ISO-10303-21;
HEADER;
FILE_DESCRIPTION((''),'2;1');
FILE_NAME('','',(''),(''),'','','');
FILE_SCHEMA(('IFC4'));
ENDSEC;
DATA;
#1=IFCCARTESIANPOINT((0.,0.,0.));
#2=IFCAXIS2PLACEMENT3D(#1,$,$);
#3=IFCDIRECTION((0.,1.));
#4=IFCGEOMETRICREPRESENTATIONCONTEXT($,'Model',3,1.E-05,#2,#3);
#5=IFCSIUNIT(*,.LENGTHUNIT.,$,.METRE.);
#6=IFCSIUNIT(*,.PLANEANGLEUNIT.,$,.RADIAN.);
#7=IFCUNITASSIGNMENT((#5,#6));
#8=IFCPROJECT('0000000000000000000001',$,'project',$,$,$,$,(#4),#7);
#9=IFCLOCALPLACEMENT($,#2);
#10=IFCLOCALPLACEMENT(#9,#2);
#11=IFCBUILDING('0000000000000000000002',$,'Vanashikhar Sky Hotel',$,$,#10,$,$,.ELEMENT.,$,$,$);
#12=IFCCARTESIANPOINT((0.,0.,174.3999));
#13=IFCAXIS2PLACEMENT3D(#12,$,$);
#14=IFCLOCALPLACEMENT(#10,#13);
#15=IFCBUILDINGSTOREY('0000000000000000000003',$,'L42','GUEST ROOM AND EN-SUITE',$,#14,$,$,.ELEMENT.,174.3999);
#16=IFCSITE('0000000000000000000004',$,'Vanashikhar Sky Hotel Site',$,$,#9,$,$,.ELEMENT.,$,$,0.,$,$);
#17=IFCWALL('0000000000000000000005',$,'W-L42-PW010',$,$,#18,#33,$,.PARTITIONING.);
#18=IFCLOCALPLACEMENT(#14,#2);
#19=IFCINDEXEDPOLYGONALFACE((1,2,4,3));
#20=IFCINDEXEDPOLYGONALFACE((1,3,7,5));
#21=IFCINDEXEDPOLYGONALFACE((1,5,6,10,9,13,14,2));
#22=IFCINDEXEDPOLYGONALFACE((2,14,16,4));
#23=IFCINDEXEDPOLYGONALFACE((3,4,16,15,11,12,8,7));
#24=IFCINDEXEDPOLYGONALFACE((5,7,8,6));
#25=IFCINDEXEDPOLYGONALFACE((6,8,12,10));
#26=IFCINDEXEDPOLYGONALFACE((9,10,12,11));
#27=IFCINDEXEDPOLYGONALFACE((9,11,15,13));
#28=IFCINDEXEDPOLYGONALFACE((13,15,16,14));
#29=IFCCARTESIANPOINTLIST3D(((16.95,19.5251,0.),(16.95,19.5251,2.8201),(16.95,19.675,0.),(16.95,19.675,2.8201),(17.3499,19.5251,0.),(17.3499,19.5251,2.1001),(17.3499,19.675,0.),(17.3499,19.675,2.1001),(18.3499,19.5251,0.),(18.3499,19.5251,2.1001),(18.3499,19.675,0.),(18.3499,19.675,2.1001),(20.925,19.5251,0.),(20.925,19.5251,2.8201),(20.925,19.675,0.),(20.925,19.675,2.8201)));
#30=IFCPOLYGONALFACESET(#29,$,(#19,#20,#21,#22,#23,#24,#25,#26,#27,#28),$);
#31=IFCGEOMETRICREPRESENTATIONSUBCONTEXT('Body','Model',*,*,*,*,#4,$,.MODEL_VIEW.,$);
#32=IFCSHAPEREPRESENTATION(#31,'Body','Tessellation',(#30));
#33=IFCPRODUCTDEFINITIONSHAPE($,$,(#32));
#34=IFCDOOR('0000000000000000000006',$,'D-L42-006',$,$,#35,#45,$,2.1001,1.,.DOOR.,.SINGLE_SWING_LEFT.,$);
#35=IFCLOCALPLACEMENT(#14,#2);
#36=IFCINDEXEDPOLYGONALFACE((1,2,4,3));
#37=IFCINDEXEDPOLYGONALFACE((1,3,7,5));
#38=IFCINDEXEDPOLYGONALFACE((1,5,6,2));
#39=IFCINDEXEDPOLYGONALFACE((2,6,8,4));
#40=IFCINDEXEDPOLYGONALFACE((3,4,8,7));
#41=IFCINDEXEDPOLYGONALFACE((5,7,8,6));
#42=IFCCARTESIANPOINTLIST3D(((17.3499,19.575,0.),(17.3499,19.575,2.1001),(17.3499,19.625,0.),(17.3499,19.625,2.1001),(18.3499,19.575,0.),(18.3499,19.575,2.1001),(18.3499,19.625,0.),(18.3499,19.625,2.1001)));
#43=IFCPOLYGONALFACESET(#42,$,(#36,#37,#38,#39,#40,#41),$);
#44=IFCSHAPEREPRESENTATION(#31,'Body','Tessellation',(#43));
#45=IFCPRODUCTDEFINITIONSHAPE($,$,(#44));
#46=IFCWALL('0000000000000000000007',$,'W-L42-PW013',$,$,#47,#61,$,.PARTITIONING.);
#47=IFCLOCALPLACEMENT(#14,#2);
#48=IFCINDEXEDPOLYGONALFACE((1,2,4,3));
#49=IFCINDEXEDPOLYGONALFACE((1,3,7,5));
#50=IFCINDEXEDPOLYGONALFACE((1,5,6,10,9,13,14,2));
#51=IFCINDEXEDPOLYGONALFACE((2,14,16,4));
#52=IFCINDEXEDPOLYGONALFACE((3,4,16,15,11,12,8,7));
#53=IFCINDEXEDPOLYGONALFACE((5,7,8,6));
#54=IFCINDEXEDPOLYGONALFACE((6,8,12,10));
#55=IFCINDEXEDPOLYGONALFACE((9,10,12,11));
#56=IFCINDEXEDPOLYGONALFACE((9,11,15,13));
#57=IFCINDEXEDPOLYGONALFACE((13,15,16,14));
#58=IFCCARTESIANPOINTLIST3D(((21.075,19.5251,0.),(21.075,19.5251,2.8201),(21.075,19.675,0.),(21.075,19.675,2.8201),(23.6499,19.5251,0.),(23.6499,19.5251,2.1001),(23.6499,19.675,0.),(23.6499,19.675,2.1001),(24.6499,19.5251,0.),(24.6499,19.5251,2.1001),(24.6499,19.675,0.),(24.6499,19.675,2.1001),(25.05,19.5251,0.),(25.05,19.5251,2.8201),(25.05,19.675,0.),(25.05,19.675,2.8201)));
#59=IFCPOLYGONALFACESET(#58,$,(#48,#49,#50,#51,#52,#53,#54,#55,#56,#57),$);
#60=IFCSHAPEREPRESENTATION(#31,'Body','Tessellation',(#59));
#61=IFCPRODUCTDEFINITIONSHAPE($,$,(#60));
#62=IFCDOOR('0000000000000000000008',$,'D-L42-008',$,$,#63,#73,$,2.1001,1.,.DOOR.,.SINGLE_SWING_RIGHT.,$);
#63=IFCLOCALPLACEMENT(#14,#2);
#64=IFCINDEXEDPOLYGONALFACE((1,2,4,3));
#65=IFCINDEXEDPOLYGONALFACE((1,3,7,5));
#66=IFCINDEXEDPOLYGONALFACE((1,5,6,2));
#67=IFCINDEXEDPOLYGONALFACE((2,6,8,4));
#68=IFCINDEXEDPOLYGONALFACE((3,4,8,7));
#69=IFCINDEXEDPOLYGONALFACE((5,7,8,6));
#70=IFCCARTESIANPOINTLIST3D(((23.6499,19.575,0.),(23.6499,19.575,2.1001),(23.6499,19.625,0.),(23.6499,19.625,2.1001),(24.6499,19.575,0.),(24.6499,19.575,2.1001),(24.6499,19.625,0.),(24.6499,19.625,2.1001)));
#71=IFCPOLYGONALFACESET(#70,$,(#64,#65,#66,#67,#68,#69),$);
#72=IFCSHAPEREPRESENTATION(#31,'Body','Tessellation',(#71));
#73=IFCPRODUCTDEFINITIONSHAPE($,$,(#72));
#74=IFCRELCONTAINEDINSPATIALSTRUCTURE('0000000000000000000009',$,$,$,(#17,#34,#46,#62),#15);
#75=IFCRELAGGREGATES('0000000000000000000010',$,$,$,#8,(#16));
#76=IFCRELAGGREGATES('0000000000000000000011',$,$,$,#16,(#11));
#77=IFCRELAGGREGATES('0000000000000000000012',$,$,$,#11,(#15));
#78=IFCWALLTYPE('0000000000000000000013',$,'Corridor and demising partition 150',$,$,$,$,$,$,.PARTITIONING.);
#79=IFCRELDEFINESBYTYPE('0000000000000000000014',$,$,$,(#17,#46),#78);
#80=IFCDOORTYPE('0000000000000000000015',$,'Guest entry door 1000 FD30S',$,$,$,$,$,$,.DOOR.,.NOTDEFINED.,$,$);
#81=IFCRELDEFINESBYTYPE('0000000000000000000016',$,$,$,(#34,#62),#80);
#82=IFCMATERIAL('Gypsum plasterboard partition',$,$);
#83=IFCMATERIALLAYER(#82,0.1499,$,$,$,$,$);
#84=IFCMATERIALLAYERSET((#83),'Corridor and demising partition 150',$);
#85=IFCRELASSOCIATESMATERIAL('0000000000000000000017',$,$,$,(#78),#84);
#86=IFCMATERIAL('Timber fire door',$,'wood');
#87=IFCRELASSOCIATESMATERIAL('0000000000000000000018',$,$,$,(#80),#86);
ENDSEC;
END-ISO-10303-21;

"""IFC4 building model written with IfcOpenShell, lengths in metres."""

from ifc_helpers import new_model, si_unit, direction, frame, frame_2d, origin, place, context, subcontext, project, spatial, rectangle, extrude, source, transform, mapped, material, layer, layer_set, type_object, element, fill, save


model = new_model("IFC4")

# Units and contexts
model_context = context("Model", 3, precision=1e-05, world=origin(), true_north=direction((0.0, 1.0)))
body_context = subcontext(model_context, "Body", "Model", "MODEL_VIEW")
ifc_project = project(units=[si_unit("LENGTHUNIT", "METRE"), si_unit("PLANEANGLEUNIT", "RADIAN")], contexts=[model_context])

# Site, building, storey
site_placement = place(None, origin())
site = spatial("IfcSite", under=ifc_project, at=site_placement, Name="Vanashikhar Sky Hotel Site", CompositionType="ELEMENT", RefElevation=0.0)
building_placement = place(site_placement, origin())
building = spatial("IfcBuilding", under=site, at=building_placement, Name="Vanashikhar Sky Hotel", CompositionType="ELEMENT")
storey_placement = place(building_placement, frame((0.0, 0.0, 174.3999)))
storey = spatial("IfcBuildingStorey", under=building, at=storey_placement, Name="L42", Description="GUEST ROOM AND EN-SUITE", CompositionType="ELEMENT", Elevation=174.3999)

# Shared definitions
ifc_material_1 = material(Name="Gypsum plasterboard partition")

# Walls, openings, doors
ifc_layer_1 = layer(ifc_material_1, 0.1499)
ifc_layer_set_1 = layer_set([ifc_layer_1], Name="Corridor and demising partition 150")
wall_type_1 = type_object("IfcWallType", Name="Corridor and demising partition 150", PredefinedType="PARTITIONING", material=ifc_layer_set_1)
shared_shape_1 = source(origin(), body_context, "Body", "SweptSolid", [
    extrude(rectangle(XDim=3.9751, YDim=0.1499, at=frame_2d((1.9875, 0.0))), origin(), (0.0, 0.0, 1.0), 2.8201),
])
wall_1_placement = place(storey_placement, frame((16.95, 19.6001, 0.0), z_axis=(0.0, 0.0, 1.0), x_axis=(1.0, 0.0, 0.0)))
wall_1 = element("IfcWall", 1, at=wall_1_placement, inside=storey, type_object=wall_type_1, Name="W-L42-PW010", PredefinedType="PARTITIONING", context=body_context, shape_type="MappedRepresentation", body=[
    mapped(shared_shape_1, transform((0.0, 0.0, 0.0), scale=1.0)),
])
shared_shape_2 = source(origin(), body_context, "Body", "SweptSolid", [
    extrude(rectangle(XDim=1.0, YDim=2.1001, at=frame_2d((0.5, 1.05))), frame((0.0, 0.085, 0.0), z_axis=(0.0, -1.0, 0.0), x_axis=(1.0, 0.0, 0.0)), (0.0, 0.0, 1.0), 0.1699),
])
opening_1_placement = place(wall_1_placement, frame((0.3999, 0.0, 0.0)))
opening_1 = element("IfcOpeningElement", 2, at=opening_1_placement, cuts=wall_1, PredefinedType="OPENING", context=body_context, shape_type="MappedRepresentation", body=[
    mapped(shared_shape_2, transform((0.0, 0.0, 0.0), scale=1.0)),
])
ifc_material_2 = material(Name="Timber fire door", Category="wood")
door_type_1 = type_object("IfcDoorType", Name="Guest entry door 1000 FD30S", OperationType="NOTDEFINED", PredefinedType="DOOR", material=ifc_material_2)
shared_shape_3 = source(origin(), body_context, "Body", "SweptSolid", [
    extrude(rectangle(XDim=1.0, YDim=2.1001, at=frame_2d((0.5, 1.05))), frame((0.0, 0.0249, 0.0), z_axis=(0.0, -1.0, 0.0), x_axis=(1.0, 0.0, 0.0)), (0.0, 0.0, 1.0), 0.05),
])
door_1_placement = place(opening_1_placement, origin())
door_1 = element("IfcDoor", 3, at=door_1_placement, inside=storey, type_object=door_type_1, Name="D-L42-006", OperationType="SINGLE_SWING_LEFT", OverallHeight=2.1001, OverallWidth=1.0, PredefinedType="DOOR", context=body_context, shape_type="MappedRepresentation", body=[
    mapped(shared_shape_3, transform((0.0, 0.0, 0.0), scale=1.0)),
])
fill(opening_1, door_1)
wall_2_placement = place(storey_placement, frame((21.075, 19.6001, 0.0), z_axis=(0.0, 0.0, 1.0), x_axis=(1.0, 0.0, 0.0)))
wall_2 = element("IfcWall", 4, at=wall_2_placement, inside=storey, type_object=wall_type_1, Name="W-L42-PW013", PredefinedType="PARTITIONING", context=body_context, shape_type="MappedRepresentation", body=[
    mapped(shared_shape_1, transform((0.0, 0.0, 0.0), scale=1.0)),
])
opening_2_placement = place(wall_2_placement, frame((2.575, 0.0, 0.0)))
opening_2 = element("IfcOpeningElement", 5, at=opening_2_placement, cuts=wall_2, PredefinedType="OPENING", context=body_context, shape_type="MappedRepresentation", body=[
    mapped(shared_shape_2, transform((0.0, 0.0, 0.0), scale=1.0)),
])
door_2_placement = place(opening_2_placement, origin())
door_2 = element("IfcDoor", 6, at=door_2_placement, inside=storey, type_object=door_type_1, Name="D-L42-008", OperationType="SINGLE_SWING_RIGHT", OverallHeight=2.1001, OverallWidth=1.0, PredefinedType="DOOR", context=body_context, shape_type="MappedRepresentation", body=[
    mapped(shared_shape_3, transform((0.0, 0.0, 0.0), scale=1.0)),
])
fill(opening_2, door_2)

save(model, "model.ifc")
